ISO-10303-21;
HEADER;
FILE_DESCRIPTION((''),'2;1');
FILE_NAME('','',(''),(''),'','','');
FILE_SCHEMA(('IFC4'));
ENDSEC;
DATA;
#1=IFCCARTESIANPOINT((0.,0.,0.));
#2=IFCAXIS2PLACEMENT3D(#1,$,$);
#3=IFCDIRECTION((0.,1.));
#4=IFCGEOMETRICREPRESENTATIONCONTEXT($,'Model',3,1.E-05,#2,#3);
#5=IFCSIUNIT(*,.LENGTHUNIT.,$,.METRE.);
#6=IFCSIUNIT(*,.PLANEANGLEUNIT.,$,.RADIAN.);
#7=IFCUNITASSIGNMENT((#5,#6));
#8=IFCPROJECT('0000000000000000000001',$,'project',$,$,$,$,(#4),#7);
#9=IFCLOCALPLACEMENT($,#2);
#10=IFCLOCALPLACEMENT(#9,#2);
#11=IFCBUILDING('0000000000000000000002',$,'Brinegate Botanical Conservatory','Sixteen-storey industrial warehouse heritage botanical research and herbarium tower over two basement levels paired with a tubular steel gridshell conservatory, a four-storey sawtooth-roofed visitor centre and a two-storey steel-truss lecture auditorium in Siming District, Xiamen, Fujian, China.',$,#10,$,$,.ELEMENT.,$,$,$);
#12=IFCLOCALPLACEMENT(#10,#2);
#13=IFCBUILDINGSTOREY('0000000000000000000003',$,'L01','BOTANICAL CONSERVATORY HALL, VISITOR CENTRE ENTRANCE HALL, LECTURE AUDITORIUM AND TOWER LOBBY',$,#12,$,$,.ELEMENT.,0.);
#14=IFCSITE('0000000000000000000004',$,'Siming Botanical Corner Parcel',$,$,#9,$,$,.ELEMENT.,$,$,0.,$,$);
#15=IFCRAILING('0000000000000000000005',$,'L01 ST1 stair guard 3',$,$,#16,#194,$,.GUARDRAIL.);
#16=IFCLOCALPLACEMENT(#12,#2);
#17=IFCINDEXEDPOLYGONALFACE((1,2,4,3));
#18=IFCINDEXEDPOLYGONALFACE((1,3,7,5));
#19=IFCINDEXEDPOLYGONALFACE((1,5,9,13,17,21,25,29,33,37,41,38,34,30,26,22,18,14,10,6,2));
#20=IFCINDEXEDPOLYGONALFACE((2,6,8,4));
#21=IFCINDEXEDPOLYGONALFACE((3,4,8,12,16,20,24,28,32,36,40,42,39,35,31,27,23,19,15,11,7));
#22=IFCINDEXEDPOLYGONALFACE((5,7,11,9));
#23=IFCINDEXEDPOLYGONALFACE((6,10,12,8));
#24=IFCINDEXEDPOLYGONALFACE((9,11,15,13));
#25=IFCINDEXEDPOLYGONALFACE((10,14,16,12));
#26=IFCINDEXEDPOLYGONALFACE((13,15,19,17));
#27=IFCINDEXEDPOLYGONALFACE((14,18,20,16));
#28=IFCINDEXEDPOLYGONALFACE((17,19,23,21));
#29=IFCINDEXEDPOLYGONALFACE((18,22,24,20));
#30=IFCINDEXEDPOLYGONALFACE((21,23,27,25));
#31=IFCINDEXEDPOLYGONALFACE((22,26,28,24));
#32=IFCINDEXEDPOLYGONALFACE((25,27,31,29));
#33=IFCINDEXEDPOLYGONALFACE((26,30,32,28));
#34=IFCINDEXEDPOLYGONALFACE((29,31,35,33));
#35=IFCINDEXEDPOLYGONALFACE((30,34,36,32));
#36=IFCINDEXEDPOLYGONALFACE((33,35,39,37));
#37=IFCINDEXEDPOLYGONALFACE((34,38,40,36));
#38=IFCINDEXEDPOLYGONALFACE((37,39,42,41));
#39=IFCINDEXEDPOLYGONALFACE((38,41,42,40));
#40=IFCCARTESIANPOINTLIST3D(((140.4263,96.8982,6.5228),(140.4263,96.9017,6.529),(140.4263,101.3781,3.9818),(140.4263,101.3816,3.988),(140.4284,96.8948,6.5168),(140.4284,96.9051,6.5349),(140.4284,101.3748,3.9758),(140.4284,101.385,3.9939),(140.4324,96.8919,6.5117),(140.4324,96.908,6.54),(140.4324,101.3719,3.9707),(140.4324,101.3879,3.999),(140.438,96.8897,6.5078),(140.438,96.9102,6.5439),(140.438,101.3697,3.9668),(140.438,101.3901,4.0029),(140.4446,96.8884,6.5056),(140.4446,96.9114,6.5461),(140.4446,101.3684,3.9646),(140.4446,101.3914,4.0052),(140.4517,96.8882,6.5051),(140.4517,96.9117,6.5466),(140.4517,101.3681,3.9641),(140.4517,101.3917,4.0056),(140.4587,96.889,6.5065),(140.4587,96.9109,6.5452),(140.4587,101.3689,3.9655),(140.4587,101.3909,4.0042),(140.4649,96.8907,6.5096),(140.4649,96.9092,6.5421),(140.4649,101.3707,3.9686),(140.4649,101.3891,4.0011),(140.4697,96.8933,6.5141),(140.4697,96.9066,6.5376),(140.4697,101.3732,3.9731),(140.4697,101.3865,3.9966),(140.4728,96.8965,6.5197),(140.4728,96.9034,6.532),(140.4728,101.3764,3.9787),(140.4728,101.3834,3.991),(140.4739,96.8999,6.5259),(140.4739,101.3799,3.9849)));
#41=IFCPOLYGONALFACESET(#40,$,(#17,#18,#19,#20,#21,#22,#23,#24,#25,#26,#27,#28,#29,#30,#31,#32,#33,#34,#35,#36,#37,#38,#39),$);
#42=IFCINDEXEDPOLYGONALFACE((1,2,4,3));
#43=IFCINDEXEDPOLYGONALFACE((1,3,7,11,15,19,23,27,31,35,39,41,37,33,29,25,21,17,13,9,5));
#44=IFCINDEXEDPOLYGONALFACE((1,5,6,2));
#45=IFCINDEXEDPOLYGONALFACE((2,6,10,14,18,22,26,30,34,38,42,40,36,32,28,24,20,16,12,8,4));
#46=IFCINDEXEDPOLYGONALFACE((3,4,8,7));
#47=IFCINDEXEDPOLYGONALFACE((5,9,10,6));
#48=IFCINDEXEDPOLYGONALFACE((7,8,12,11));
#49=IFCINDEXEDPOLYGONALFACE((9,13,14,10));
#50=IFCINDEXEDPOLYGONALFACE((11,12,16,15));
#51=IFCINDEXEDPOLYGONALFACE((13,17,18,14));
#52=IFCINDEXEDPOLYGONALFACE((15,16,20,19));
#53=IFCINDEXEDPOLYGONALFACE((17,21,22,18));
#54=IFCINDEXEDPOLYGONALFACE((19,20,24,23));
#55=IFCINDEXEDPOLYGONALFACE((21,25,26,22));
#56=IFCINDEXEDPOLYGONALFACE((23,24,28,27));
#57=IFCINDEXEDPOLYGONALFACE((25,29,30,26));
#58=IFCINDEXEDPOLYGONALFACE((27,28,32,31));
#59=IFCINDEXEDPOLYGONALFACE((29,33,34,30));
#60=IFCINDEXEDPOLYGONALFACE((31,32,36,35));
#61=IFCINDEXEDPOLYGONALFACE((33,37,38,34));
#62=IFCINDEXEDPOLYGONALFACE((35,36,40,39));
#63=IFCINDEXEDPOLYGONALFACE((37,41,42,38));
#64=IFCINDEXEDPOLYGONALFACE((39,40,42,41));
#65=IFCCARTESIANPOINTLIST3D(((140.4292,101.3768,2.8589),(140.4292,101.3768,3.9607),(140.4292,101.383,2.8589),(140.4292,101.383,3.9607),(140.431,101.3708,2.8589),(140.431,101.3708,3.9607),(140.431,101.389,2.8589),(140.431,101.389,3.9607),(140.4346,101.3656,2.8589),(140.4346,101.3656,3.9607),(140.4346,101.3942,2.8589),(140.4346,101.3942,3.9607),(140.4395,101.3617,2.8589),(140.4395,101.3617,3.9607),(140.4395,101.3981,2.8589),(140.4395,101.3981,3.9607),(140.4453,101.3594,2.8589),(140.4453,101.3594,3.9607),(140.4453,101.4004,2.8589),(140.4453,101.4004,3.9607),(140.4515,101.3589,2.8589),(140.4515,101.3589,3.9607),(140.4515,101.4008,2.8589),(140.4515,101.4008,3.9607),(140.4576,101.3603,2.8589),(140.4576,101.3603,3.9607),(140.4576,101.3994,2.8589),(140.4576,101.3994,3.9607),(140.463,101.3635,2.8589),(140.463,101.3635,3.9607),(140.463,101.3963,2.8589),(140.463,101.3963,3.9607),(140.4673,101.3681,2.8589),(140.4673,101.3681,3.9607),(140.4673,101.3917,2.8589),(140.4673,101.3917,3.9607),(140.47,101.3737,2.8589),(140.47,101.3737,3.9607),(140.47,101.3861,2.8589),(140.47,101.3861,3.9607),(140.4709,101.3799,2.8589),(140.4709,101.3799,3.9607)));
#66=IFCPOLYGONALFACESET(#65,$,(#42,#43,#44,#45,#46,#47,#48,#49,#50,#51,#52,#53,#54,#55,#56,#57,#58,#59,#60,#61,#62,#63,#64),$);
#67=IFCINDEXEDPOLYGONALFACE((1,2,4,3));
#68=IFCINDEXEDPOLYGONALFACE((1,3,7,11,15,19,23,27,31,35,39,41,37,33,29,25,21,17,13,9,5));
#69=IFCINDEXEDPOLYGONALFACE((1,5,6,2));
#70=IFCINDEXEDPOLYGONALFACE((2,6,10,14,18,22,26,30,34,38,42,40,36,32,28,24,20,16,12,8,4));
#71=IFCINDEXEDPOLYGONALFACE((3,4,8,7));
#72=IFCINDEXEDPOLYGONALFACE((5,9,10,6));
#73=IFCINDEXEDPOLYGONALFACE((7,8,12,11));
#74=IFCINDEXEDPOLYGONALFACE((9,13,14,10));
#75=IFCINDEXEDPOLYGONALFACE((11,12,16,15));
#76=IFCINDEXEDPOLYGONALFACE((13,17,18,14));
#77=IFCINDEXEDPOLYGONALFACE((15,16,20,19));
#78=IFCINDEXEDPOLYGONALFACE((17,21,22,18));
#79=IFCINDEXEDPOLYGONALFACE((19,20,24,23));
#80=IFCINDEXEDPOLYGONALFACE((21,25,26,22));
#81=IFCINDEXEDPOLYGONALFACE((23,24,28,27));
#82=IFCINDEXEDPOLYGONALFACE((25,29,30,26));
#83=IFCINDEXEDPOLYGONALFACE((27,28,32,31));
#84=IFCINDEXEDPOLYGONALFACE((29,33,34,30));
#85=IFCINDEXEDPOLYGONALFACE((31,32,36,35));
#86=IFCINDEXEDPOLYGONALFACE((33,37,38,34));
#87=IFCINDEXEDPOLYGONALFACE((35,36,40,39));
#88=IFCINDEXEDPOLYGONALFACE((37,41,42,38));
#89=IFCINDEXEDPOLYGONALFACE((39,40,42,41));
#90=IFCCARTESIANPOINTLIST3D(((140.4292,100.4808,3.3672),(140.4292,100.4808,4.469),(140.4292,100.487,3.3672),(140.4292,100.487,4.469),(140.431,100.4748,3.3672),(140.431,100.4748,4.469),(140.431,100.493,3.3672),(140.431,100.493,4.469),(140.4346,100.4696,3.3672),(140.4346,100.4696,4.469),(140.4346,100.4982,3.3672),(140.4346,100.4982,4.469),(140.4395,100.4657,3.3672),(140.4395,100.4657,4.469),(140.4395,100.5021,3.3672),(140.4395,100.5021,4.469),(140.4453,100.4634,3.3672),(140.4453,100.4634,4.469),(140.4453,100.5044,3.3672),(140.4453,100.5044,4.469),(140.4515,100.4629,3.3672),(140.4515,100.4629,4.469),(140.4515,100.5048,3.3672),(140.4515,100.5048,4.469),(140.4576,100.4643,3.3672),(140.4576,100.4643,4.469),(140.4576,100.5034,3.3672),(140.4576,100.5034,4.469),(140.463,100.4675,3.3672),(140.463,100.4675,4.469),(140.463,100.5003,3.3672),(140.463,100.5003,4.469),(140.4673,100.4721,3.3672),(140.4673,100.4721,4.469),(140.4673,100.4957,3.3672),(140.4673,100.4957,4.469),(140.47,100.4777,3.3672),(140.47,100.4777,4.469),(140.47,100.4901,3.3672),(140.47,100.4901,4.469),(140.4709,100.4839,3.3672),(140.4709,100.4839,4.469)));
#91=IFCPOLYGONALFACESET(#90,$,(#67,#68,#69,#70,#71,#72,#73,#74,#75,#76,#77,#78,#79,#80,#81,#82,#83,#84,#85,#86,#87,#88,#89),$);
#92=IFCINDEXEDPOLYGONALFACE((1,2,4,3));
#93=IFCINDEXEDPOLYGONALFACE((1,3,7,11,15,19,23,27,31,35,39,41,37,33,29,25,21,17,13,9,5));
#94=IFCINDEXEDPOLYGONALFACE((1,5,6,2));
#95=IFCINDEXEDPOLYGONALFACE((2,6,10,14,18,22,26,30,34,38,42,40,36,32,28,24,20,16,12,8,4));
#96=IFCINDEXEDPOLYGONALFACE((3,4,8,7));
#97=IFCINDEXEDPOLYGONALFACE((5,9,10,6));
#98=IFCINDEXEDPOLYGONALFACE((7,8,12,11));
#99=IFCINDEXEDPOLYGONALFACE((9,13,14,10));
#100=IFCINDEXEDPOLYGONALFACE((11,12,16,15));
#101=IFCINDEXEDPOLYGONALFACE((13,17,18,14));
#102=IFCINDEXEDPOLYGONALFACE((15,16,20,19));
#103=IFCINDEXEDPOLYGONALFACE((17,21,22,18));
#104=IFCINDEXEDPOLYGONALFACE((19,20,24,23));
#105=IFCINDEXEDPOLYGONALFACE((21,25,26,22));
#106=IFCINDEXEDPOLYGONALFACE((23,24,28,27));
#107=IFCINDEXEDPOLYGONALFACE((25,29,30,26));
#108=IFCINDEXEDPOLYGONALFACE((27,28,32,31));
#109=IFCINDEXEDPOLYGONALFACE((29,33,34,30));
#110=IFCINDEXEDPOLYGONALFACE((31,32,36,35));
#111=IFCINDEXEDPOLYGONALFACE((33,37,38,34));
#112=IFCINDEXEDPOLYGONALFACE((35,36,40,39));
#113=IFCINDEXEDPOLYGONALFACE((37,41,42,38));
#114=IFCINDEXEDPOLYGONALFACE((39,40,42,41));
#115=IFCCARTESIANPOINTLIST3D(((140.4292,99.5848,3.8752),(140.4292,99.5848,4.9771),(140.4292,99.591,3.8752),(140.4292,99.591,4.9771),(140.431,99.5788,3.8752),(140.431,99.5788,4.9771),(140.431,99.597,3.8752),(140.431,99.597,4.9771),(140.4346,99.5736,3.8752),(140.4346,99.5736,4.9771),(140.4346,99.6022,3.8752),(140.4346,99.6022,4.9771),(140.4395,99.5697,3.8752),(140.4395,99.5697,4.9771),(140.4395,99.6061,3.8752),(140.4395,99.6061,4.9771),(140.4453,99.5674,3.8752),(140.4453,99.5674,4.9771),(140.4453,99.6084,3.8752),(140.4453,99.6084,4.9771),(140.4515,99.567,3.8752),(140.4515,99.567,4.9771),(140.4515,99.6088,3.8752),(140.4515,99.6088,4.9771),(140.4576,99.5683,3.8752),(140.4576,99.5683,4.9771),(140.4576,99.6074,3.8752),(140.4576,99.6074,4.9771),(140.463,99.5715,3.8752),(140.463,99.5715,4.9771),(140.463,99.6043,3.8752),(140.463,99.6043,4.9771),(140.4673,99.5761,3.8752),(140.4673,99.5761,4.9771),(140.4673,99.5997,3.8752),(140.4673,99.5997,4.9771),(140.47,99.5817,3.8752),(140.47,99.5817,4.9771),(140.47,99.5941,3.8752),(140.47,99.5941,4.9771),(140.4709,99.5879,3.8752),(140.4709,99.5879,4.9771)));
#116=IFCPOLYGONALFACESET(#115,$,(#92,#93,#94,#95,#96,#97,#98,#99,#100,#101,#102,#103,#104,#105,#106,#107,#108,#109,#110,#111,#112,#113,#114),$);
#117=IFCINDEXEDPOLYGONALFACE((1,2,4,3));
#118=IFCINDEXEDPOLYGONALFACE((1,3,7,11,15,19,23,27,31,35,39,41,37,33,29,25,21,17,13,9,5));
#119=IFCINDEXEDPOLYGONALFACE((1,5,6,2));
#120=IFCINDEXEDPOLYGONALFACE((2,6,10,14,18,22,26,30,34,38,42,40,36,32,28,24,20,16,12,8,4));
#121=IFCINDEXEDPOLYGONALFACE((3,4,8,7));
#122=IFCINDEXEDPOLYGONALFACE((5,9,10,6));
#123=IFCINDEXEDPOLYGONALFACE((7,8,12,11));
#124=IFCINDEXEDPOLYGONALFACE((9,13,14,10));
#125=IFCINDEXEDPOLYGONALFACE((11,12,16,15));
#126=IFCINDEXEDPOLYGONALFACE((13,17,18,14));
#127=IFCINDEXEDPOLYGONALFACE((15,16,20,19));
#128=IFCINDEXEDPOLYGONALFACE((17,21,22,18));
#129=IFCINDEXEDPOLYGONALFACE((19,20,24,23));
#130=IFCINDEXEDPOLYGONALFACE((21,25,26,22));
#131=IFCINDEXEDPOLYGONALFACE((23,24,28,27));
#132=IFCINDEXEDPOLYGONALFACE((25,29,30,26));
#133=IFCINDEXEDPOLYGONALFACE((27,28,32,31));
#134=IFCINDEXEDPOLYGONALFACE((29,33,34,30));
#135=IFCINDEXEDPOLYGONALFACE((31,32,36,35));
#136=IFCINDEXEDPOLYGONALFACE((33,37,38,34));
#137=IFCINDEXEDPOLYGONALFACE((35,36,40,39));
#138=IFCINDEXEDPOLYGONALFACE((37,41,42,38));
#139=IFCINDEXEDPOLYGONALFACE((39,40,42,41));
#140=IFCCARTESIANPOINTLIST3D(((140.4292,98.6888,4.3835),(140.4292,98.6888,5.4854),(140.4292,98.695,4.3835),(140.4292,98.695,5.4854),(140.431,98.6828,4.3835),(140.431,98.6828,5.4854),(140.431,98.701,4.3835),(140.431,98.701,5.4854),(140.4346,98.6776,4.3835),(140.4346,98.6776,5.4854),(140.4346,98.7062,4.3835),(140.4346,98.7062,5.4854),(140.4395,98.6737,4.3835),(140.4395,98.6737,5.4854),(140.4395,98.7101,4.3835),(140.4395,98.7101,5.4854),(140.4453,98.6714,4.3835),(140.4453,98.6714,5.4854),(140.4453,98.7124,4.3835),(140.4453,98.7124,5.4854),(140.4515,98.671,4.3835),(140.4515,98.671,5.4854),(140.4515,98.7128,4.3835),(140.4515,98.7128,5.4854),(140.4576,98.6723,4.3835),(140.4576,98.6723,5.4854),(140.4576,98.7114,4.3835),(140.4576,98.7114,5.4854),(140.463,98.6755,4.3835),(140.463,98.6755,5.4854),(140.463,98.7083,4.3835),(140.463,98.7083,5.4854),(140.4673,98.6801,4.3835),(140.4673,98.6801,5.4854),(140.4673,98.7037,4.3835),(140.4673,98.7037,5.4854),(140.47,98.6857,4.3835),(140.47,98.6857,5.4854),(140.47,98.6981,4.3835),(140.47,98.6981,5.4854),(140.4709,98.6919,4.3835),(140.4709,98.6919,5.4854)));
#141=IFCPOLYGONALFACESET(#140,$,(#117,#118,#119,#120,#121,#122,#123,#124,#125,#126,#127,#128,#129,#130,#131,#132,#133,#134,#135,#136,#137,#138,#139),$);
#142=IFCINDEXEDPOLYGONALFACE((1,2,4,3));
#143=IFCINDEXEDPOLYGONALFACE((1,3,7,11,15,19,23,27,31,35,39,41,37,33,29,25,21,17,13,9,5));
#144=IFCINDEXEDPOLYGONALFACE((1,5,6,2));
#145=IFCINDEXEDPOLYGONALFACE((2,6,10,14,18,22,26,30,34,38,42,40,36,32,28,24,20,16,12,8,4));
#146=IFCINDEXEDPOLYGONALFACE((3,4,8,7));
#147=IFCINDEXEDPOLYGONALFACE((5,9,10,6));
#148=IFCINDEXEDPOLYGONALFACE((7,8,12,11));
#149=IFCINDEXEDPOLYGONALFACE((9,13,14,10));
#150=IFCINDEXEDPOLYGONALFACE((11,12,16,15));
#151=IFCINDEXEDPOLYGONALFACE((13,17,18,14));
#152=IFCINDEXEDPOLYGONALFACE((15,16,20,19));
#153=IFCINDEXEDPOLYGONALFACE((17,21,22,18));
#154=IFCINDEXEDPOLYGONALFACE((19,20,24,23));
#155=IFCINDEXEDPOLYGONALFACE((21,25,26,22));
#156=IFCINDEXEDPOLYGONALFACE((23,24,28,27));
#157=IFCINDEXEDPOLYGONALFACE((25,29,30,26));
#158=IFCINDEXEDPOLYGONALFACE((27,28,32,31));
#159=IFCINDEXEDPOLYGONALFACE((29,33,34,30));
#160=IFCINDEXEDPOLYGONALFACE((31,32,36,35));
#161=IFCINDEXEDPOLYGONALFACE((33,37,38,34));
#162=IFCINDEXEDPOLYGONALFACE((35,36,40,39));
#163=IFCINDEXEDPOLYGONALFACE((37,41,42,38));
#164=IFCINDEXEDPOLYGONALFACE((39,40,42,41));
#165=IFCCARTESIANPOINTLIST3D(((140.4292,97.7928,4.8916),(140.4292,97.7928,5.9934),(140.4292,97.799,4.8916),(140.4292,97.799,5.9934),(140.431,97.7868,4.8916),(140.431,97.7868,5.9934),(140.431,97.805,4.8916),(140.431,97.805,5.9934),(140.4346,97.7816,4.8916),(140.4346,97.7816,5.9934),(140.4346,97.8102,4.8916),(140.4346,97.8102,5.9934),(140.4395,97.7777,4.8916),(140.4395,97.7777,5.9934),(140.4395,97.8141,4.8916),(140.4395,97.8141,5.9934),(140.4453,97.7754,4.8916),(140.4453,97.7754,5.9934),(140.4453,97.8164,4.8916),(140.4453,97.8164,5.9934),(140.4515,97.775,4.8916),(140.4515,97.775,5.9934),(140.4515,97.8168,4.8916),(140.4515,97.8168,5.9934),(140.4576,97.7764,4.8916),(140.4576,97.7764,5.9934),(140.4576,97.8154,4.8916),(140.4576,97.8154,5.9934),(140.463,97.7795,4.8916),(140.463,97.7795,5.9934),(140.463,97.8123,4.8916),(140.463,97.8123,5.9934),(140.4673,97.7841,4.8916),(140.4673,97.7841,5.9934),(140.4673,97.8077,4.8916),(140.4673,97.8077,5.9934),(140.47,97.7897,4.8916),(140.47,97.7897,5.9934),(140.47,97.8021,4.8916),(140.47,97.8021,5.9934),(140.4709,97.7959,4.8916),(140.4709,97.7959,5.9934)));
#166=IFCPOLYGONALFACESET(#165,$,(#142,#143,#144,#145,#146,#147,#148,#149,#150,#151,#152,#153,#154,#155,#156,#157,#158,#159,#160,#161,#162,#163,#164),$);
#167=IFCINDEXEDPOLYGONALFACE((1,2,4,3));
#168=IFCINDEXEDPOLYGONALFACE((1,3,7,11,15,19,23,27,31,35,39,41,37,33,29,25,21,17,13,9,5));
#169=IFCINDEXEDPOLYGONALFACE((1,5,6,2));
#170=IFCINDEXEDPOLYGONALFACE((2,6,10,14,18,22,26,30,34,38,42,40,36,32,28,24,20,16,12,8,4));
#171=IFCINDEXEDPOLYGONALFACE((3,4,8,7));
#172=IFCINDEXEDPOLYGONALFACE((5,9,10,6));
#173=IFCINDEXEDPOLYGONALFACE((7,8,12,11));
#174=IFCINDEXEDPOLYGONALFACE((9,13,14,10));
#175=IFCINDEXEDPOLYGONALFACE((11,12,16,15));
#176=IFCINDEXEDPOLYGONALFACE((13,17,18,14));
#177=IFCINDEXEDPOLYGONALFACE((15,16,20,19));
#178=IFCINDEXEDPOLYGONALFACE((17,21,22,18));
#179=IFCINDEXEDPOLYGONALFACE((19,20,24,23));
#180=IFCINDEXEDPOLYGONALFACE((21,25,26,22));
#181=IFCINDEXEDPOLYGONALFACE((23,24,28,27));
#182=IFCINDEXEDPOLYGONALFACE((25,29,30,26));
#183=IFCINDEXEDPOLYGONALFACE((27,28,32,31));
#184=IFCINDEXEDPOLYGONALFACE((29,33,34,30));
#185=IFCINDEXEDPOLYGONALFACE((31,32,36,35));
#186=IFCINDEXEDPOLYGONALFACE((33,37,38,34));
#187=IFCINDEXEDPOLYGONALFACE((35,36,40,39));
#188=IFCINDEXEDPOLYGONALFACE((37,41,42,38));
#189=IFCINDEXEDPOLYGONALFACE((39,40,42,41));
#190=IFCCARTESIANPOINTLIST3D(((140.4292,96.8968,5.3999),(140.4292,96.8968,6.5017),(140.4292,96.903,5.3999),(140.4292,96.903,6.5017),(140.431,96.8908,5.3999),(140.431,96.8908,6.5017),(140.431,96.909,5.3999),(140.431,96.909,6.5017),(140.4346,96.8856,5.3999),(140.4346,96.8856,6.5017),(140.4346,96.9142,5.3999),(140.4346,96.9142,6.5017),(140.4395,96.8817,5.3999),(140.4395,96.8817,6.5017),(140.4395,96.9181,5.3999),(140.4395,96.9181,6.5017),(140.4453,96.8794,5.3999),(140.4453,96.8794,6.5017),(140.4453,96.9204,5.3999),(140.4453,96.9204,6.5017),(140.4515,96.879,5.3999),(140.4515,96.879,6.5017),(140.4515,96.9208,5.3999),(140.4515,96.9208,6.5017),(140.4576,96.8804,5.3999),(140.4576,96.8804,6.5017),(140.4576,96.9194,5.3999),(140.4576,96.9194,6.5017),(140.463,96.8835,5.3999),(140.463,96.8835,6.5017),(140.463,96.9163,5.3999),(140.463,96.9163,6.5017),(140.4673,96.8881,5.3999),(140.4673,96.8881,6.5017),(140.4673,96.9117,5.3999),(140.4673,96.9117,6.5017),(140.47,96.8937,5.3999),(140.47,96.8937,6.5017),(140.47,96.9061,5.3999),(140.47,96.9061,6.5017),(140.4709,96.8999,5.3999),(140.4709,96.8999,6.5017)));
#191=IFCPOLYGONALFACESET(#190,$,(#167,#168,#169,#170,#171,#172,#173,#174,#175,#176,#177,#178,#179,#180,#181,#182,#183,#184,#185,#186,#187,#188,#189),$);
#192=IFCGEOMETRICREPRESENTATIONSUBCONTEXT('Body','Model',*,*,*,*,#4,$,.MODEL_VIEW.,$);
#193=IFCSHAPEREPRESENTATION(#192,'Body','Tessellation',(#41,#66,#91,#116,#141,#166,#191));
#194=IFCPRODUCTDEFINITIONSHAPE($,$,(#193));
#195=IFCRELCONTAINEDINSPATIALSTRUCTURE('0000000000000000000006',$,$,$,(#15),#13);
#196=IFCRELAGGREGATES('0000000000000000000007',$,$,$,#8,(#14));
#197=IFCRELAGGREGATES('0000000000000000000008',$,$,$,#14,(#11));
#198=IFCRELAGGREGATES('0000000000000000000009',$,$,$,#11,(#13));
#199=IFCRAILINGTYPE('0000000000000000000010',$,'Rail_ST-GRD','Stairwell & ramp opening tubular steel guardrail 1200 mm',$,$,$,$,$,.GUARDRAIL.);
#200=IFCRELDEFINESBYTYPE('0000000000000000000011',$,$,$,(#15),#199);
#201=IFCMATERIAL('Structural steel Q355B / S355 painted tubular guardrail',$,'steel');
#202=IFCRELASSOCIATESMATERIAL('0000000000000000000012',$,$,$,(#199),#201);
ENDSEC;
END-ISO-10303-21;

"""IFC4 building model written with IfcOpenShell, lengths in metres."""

from ifc_helpers import new_model, si_unit, direction, frame, origin, origin_2d, place, context, subcontext, project, spatial, circle, extrude, material, type_object, element, save


model = new_model("IFC4")

# Units and contexts
model_context = context("Model", 3, precision=1e-05, world=origin(), true_north=direction((0.0, 1.0)))
body_context = subcontext(model_context, "Body", "Model", "MODEL_VIEW")
ifc_project = project(units=[si_unit("LENGTHUNIT", "METRE"), si_unit("PLANEANGLEUNIT", "RADIAN")], contexts=[model_context])

# Site, building, storey
site_placement = place(None, origin())
site = spatial("IfcSite", under=ifc_project, at=site_placement, Name="Siming Botanical Corner Parcel", CompositionType="ELEMENT", RefElevation=0.0)
building_placement = place(site_placement, origin())
building = spatial("IfcBuilding", under=site, at=building_placement, Name="Brinegate Botanical Conservatory", Description="Sixteen-storey industrial warehouse heritage botanical research and herbarium tower over two basement levels paired with a tubular steel gridshell conservatory, a four-storey sawtooth-roofed visitor centre and a two-storey steel-truss lecture auditorium in Siming District, Xiamen, Fujian, China.", CompositionType="ELEMENT")
storey_placement = place(building_placement, origin())
storey = spatial("IfcBuildingStorey", under=building, at=storey_placement, Name="L01", Description="BOTANICAL CONSERVATORY HALL, VISITOR CENTRE ENTRANCE HALL, LECTURE AUDITORIUM AND TOWER LOBBY", CompositionType="ELEMENT", Elevation=0.0)

# Railing
ifc_material_1 = material(Name="Structural steel Q355B / S355 painted tubular guardrail", Category="steel")
railing_type_1 = type_object("IfcRailingType", Name="Rail_ST-GRD", Description="Stairwell & ramp opening tubular steel guardrail 1200 mm", PredefinedType="GUARDRAIL", material=ifc_material_1)
railing_1_placement = place(storey_placement, frame((140.45, 101.3799, 2.8589)))
element("IfcRailing", 1, at=railing_1_placement, inside=storey, type_object=railing_type_1, Name="L01 ST1 stair guard 3", PredefinedType="GUARDRAIL", context=body_context, shape_type="SweptSolid", body=[
    extrude(circle(Radius=0.0239, at=origin_2d()), frame((0.0, 0.0, 1.126), z_axis=(0.0, -0.869826, 0.493359), x_axis=(1.0, 0.0, 0.0)), (0.0, 0.0, 1.0), 5.1504),
    extrude(circle(Radius=0.021, at=origin_2d()), origin(), (0.0, 0.0, 1.0), 1.1018),
    extrude(circle(Radius=0.021, at=origin_2d()), frame((0.0, -0.896, 0.5083)), (0.0, 0.0, 1.0), 1.1018),
    extrude(circle(Radius=0.021, at=origin_2d()), frame((0.0, -1.792, 1.0164)), (0.0, 0.0, 1.0), 1.1018),
    extrude(circle(Radius=0.021, at=origin_2d()), frame((0.0, -2.688, 1.5247)), (0.0, 0.0, 1.0), 1.1018),
    extrude(circle(Radius=0.021, at=origin_2d()), frame((0.0, -3.584, 2.0327)), (0.0, 0.0, 1.0), 1.1018),
    extrude(circle(Radius=0.021, at=origin_2d()), frame((0.0, -4.48, 2.541)), (0.0, 0.0, 1.0), 1.1018),
])

save(model, "model.ifc")
